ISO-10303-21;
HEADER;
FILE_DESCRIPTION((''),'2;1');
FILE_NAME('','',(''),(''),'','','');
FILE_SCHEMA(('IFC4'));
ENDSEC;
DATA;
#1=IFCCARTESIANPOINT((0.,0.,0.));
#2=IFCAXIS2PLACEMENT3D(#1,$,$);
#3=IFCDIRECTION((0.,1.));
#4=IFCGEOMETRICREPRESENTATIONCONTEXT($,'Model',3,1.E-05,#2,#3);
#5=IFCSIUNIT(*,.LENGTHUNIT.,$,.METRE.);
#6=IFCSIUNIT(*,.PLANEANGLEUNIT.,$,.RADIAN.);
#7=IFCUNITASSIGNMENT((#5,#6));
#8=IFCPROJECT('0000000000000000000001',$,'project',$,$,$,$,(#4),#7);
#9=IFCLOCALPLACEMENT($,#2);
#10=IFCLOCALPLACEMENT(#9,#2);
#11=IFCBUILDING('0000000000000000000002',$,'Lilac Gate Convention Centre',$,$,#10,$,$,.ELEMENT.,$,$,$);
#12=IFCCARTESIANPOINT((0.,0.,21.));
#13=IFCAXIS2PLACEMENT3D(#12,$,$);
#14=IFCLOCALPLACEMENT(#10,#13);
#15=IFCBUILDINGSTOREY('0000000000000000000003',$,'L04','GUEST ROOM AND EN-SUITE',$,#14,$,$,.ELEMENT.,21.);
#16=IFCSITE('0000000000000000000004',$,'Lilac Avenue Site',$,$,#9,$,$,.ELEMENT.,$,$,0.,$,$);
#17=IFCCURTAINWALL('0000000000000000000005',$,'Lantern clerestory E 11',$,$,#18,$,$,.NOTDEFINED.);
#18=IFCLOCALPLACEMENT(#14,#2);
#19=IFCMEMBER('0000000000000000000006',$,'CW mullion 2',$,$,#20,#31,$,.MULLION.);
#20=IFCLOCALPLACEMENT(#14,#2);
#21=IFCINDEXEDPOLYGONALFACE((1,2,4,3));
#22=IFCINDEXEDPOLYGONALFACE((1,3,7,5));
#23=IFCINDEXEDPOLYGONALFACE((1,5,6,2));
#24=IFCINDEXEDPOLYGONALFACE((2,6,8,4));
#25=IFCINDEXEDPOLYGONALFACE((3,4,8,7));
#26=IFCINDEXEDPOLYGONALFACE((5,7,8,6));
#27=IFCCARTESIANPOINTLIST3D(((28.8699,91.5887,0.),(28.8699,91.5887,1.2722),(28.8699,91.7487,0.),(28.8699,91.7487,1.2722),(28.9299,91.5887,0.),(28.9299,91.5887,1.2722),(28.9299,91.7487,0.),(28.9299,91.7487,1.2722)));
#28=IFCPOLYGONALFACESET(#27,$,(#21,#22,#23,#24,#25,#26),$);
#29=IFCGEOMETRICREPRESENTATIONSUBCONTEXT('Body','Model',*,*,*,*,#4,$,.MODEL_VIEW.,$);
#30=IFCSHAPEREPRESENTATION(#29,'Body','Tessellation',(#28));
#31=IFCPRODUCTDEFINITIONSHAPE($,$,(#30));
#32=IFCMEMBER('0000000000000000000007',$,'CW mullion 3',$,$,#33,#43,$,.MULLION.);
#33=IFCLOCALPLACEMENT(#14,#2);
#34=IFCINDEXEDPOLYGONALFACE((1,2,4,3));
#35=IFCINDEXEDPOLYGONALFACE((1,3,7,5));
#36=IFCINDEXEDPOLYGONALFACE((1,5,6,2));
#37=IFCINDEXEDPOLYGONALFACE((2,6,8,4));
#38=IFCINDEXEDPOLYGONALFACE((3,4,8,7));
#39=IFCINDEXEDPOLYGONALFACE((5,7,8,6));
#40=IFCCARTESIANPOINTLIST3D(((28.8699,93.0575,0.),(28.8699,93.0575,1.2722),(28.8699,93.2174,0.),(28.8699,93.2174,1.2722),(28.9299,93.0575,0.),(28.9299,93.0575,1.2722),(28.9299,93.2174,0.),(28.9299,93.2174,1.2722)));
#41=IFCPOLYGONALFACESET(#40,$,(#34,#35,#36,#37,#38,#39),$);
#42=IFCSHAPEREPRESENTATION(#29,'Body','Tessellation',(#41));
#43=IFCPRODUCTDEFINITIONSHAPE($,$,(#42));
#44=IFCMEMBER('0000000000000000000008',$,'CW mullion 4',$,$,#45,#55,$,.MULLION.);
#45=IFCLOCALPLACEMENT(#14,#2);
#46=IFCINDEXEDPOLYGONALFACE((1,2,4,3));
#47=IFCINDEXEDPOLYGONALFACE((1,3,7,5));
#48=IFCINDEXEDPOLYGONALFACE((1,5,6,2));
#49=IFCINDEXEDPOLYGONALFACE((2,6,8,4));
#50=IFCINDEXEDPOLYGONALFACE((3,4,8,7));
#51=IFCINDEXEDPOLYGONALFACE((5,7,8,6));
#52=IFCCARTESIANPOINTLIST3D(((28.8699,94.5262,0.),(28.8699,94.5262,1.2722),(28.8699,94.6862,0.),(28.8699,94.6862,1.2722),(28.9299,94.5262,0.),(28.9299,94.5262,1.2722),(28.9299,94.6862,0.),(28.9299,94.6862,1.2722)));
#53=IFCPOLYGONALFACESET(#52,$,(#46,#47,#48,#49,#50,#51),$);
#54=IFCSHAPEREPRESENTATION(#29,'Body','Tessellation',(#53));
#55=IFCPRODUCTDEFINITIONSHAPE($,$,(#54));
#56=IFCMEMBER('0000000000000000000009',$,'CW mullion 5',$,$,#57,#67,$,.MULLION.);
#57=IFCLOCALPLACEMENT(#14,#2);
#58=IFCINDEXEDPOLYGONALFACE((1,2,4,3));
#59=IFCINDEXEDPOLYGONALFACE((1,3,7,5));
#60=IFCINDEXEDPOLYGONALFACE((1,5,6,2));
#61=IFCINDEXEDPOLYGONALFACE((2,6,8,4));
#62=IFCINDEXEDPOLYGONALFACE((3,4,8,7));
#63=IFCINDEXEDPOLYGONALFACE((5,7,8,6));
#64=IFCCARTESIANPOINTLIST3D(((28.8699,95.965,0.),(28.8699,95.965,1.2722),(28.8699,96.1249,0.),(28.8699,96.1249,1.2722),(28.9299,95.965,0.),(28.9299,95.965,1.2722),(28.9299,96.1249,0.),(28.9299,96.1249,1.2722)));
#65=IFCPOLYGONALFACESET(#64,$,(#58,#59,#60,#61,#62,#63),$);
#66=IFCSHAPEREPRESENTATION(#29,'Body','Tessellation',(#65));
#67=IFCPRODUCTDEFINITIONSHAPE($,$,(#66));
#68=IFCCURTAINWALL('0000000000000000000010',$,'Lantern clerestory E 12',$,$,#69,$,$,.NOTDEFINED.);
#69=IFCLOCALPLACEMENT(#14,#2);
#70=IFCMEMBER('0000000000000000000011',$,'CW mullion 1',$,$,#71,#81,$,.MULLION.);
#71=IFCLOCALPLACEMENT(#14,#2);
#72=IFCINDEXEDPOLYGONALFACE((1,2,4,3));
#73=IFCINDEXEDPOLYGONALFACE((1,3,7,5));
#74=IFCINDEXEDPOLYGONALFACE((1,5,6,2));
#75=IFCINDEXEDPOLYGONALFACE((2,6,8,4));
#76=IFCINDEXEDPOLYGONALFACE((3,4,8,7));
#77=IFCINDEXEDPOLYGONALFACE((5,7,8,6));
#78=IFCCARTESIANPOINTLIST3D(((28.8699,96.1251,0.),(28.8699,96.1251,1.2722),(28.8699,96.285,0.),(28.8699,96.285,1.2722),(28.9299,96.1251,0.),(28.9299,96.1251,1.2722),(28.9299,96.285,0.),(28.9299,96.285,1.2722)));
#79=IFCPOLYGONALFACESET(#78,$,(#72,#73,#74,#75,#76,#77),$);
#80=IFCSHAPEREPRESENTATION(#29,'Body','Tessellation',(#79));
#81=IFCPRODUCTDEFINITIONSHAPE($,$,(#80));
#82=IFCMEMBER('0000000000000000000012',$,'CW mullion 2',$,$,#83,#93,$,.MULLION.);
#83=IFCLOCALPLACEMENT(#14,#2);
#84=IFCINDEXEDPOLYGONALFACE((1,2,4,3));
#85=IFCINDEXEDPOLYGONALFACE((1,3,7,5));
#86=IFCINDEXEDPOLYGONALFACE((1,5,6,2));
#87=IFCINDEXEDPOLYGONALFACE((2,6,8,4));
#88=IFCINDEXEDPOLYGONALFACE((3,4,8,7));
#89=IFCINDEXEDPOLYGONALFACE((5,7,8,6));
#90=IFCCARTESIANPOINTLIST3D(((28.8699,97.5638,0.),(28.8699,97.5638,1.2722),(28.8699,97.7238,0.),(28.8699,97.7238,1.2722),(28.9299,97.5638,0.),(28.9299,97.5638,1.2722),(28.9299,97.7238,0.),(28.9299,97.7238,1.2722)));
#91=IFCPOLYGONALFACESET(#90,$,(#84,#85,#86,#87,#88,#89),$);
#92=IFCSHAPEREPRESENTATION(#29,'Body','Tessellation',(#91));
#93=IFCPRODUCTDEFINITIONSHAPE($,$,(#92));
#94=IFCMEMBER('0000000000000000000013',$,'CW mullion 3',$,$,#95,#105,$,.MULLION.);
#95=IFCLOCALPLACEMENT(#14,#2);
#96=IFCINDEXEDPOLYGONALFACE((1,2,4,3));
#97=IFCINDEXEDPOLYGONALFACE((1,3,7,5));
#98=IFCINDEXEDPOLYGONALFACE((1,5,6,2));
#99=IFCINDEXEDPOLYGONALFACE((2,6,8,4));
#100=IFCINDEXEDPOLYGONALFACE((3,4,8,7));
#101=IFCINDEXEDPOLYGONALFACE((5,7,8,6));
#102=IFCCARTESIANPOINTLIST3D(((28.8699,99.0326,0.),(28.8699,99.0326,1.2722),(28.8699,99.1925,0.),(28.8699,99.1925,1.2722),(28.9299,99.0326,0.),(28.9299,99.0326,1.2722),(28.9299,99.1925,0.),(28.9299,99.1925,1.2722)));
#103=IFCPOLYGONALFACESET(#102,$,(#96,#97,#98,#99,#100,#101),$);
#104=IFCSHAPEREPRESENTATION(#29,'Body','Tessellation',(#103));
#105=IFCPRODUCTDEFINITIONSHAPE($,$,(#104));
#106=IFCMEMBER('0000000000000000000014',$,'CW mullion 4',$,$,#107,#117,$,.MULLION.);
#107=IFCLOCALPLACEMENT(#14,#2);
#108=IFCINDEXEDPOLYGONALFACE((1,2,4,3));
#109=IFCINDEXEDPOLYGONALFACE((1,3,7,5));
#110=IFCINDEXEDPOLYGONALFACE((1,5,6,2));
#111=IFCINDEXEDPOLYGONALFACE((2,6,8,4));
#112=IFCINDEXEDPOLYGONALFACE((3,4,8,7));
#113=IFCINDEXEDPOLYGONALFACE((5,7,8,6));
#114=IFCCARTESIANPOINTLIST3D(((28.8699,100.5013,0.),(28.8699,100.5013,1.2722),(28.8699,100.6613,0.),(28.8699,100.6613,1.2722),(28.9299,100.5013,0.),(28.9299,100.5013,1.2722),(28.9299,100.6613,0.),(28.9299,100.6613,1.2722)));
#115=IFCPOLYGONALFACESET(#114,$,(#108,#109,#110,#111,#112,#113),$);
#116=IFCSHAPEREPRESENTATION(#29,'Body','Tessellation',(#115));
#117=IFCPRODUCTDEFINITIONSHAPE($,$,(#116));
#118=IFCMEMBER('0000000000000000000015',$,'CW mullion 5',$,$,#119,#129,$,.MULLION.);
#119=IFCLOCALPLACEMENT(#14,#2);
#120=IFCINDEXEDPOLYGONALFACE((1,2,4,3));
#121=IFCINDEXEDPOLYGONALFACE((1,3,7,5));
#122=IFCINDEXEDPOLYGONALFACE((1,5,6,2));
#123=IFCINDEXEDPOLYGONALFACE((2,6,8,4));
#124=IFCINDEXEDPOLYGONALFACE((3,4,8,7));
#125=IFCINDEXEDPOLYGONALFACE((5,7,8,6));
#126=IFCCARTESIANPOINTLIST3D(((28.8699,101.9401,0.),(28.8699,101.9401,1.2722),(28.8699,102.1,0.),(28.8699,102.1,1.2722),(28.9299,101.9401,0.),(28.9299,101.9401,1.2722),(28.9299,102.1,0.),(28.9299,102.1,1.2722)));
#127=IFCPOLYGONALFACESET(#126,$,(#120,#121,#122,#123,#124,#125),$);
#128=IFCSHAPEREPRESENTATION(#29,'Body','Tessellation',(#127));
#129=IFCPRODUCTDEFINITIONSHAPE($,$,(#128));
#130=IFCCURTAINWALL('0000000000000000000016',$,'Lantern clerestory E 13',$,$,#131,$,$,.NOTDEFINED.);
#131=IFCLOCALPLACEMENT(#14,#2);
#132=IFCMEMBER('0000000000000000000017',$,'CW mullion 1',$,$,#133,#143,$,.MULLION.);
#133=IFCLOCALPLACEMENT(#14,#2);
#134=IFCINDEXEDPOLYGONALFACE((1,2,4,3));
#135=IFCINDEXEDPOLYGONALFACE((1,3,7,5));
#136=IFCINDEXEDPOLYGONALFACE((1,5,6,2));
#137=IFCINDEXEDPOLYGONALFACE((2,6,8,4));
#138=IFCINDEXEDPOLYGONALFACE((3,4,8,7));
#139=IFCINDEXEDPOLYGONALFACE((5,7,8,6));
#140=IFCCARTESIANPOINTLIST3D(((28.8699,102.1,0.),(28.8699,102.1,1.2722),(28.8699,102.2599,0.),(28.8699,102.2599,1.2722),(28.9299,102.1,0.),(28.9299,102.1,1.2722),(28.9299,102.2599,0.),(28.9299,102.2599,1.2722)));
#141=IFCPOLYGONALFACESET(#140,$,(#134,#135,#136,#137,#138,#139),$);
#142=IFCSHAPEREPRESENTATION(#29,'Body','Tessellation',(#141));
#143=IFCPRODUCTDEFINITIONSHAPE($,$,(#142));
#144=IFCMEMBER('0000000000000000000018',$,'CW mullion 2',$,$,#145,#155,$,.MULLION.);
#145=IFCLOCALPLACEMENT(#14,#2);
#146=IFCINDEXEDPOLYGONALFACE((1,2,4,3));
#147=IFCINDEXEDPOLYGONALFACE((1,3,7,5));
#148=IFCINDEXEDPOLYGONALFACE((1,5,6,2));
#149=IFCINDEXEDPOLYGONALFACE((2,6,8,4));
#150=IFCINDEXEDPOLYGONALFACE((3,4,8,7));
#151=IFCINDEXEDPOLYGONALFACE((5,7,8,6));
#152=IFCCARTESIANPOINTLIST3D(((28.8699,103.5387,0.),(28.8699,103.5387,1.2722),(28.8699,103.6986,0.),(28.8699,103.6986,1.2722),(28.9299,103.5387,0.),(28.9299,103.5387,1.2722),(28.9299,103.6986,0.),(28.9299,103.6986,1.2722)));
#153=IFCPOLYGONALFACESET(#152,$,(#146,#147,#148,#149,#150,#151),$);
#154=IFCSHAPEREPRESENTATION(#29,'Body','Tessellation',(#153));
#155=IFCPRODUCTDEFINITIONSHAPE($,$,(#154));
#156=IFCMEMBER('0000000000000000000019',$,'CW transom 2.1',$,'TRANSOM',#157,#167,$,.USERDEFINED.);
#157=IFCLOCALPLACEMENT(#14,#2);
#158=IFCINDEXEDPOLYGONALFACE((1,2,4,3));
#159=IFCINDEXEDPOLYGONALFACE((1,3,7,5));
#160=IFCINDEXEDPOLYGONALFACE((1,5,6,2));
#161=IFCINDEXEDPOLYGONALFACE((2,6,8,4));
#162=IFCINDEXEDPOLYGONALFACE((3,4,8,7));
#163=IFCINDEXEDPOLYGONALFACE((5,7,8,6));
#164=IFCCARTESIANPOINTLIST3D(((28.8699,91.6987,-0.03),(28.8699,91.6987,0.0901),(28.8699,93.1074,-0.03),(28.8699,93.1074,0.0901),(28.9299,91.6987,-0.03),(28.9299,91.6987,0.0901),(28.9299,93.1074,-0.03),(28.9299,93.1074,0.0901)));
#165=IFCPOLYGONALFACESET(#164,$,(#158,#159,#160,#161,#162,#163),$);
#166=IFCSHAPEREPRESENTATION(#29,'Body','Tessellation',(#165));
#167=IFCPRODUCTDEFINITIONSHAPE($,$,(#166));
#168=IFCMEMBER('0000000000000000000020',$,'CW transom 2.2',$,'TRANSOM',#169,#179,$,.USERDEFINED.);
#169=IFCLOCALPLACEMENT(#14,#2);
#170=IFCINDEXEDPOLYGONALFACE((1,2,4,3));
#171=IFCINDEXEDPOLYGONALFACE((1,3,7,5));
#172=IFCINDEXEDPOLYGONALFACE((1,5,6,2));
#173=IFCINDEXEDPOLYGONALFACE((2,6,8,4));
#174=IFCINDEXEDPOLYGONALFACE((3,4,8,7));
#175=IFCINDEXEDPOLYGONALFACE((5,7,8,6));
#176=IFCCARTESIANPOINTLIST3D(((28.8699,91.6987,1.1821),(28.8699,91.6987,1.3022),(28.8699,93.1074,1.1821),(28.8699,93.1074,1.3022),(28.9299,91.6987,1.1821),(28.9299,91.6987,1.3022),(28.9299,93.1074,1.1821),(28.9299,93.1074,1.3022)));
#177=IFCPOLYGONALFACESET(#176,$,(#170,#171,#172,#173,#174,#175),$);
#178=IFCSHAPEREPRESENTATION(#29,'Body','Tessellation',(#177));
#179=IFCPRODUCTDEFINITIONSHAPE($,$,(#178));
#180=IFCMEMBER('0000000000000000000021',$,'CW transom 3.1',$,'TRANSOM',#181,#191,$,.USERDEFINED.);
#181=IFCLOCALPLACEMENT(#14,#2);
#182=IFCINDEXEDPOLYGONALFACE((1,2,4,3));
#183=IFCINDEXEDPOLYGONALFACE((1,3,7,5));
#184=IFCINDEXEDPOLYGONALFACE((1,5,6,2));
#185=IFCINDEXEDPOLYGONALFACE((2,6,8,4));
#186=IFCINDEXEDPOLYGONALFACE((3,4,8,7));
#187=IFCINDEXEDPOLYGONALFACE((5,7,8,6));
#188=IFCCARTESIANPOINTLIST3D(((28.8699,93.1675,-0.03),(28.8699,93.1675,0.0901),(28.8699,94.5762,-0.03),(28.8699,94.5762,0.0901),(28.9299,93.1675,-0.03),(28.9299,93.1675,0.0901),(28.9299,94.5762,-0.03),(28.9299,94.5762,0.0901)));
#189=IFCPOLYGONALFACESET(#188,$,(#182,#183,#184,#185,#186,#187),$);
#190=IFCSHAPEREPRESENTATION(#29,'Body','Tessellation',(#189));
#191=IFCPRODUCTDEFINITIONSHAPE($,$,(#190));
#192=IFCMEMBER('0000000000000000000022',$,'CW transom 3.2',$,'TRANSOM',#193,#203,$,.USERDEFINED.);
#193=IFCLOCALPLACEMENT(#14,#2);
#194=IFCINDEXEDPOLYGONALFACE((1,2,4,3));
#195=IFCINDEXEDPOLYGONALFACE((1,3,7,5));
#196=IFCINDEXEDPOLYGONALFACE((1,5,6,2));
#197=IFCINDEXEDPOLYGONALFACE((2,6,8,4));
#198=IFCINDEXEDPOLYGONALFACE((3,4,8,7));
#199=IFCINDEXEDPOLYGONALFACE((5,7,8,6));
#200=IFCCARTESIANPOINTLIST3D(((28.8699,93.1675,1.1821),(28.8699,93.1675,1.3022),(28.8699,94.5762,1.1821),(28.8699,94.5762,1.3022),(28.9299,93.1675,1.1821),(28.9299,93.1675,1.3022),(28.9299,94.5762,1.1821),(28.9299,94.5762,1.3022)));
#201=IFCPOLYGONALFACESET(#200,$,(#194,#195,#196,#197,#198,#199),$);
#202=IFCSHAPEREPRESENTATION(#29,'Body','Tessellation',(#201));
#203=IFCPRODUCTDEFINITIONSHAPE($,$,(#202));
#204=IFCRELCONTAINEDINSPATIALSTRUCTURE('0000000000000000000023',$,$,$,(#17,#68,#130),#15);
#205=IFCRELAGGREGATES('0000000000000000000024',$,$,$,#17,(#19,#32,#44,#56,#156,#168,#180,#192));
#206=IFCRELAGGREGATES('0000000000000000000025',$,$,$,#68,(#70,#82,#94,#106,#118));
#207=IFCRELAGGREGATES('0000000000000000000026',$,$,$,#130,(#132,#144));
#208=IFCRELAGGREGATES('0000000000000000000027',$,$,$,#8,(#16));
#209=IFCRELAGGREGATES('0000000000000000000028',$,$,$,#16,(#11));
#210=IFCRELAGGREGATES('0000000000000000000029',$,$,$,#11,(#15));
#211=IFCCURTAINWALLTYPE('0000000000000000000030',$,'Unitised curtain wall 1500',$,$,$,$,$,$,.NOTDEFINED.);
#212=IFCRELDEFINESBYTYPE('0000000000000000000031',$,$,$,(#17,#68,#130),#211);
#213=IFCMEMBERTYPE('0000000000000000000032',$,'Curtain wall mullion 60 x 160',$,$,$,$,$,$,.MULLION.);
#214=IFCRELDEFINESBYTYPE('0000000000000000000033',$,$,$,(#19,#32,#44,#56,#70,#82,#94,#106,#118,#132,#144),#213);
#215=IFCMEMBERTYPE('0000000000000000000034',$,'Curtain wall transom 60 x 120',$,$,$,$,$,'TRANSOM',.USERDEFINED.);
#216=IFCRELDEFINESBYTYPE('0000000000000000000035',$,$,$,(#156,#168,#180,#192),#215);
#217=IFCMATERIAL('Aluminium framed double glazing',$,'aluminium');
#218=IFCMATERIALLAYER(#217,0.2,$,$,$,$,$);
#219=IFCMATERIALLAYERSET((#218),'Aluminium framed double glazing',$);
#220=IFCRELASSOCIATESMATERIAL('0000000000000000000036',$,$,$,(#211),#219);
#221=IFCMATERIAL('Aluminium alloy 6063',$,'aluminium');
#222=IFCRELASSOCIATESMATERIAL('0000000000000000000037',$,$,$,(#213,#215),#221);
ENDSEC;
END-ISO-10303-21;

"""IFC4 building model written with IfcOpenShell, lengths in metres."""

from ifc_helpers import new_model, si_unit, direction, frame, origin, origin_2d, place, context, subcontext, project, spatial, rectangle, extrude, material, layer, layer_set, material_profile, profile_set, type_object, element, aggregate, save


model = new_model("IFC4")

# Units and contexts
model_context = context("Model", 3, precision=1e-05, world=origin(), true_north=direction((0.0, 1.0)))
body_context = subcontext(model_context, "Body", "Model", "MODEL_VIEW")
ifc_project = project(units=[si_unit("LENGTHUNIT", "METRE"), si_unit("PLANEANGLEUNIT", "RADIAN")], contexts=[model_context])

# Site, building, storey
site_placement = place(None, origin())
site = spatial("IfcSite", under=ifc_project, at=site_placement, Name="Lilac Avenue Site", CompositionType="ELEMENT", RefElevation=0.0)
building_placement = place(site_placement, origin())
building = spatial("IfcBuilding", under=site, at=building_placement, Name="Lilac Gate Convention Centre", CompositionType="ELEMENT")
storey_placement = place(building_placement, frame((0.0, 0.0, 21.0)))
storey = spatial("IfcBuildingStorey", under=building, at=storey_placement, Name="L04", Description="GUEST ROOM AND EN-SUITE", CompositionType="ELEMENT", Elevation=21.0)

# Curtain walls, members
ifc_material_1 = material(Name="Aluminium framed double glazing", Category="aluminium")
ifc_layer_1 = layer(ifc_material_1, 0.2)
ifc_layer_set_1 = layer_set([ifc_layer_1], Name="Aluminium framed double glazing")
curtain_wall_type = type_object("IfcCurtainWallType", Name="Unitised curtain wall 1500", PredefinedType="NOTDEFINED", material=ifc_layer_set_1)
curtain_wall_1_placement = place(storey_placement, origin())
curtain_wall_1 = element("IfcCurtainWall", 1, at=curtain_wall_1_placement, inside=storey, type_object=curtain_wall_type, Name="Lantern clerestory E 11", PredefinedType="NOTDEFINED")
ifc_material_2 = material(Name="Aluminium alloy 6063", Category="aluminium")
ifc_material_profile_1 = material_profile(ifc_material_2, rectangle(XDim=0.0601, YDim=0.1599, at=origin_2d()), Name="Curtain wall mullion 60 x 160")
ifc_profile_set_1 = profile_set([ifc_material_profile_1], Name="Aluminium alloy 6063")
member_type_1 = type_object("IfcMemberType", Name="Curtain wall mullion 60 x 160", PredefinedType="MULLION", material=ifc_profile_set_1)
member_1_placement = place(storey_placement, frame((28.8999, 91.6687, 0.0), z_axis=(0.0, 0.0, 1.0), x_axis=(-1.0, 0.0, 0.0)))
member_1 = element("IfcMember", 2, at=member_1_placement, type_object=member_type_1, Name="CW mullion 2", PredefinedType="MULLION", context=body_context, shape_type="SweptSolid", body=[
    extrude(rectangle(XDim=0.0601, YDim=0.1599, at=origin_2d()), origin(), (0.0, 0.0, 1.0), 1.2722),
])
member_2_placement = place(storey_placement, frame((28.8999, 93.1375, 0.0), z_axis=(0.0, 0.0, 1.0), x_axis=(-1.0, 0.0, 0.0)))
member_2 = element("IfcMember", 3, at=member_2_placement, type_object=member_type_1, Name="CW mullion 3", PredefinedType="MULLION", context=body_context, shape_type="SweptSolid", body=[
    extrude(rectangle(XDim=0.0601, YDim=0.1599, at=origin_2d()), origin(), (0.0, 0.0, 1.0), 1.2722),
])
member_3_placement = place(storey_placement, frame((28.8999, 94.6062, 0.0), z_axis=(0.0, 0.0, 1.0), x_axis=(-1.0, 0.0, 0.0)))
member_3 = element("IfcMember", 4, at=member_3_placement, type_object=member_type_1, Name="CW mullion 4", PredefinedType="MULLION", context=body_context, shape_type="SweptSolid", body=[
    extrude(rectangle(XDim=0.0601, YDim=0.1599, at=origin_2d()), origin(), (0.0, 0.0, 1.0), 1.2722),
])
member_4_placement = place(storey_placement, frame((28.8999, 96.0449, 0.0), z_axis=(0.0, 0.0, 1.0), x_axis=(-1.0, 0.0, 0.0)))
member_4 = element("IfcMember", 5, at=member_4_placement, type_object=member_type_1, Name="CW mullion 5", PredefinedType="MULLION", context=body_context, shape_type="SweptSolid", body=[
    extrude(rectangle(XDim=0.0601, YDim=0.1599, at=origin_2d()), origin(), (0.0, 0.0, 1.0), 1.2722),
])
curtain_wall_2_placement = place(storey_placement, origin())
curtain_wall_2 = element("IfcCurtainWall", 6, at=curtain_wall_2_placement, inside=storey, type_object=curtain_wall_type, Name="Lantern clerestory E 12", PredefinedType="NOTDEFINED")
member_5_placement = place(storey_placement, frame((28.8999, 96.2051, 0.0), z_axis=(0.0, 0.0, 1.0), x_axis=(-1.0, 0.0, 0.0)))
member_5 = element("IfcMember", 7, at=member_5_placement, type_object=member_type_1, Name="CW mullion 1", PredefinedType="MULLION", context=body_context, shape_type="SweptSolid", body=[
    extrude(rectangle(XDim=0.0601, YDim=0.1599, at=origin_2d()), origin(), (0.0, 0.0, 1.0), 1.2722),
])
member_6_placement = place(storey_placement, frame((28.8999, 97.6438, 0.0), z_axis=(0.0, 0.0, 1.0), x_axis=(-1.0, 0.0, 0.0)))
member_6 = element("IfcMember", 8, at=member_6_placement, type_object=member_type_1, Name="CW mullion 2", PredefinedType="MULLION", context=body_context, shape_type="SweptSolid", body=[
    extrude(rectangle(XDim=0.0601, YDim=0.1599, at=origin_2d()), origin(), (0.0, 0.0, 1.0), 1.2722),
])
member_7_placement = place(storey_placement, frame((28.8999, 99.1125, 0.0), z_axis=(0.0, 0.0, 1.0), x_axis=(-1.0, 0.0, 0.0)))
member_7 = element("IfcMember", 9, at=member_7_placement, type_object=member_type_1, Name="CW mullion 3", PredefinedType="MULLION", context=body_context, shape_type="SweptSolid", body=[
    extrude(rectangle(XDim=0.0601, YDim=0.1599, at=origin_2d()), origin(), (0.0, 0.0, 1.0), 1.2722),
])
member_8_placement = place(storey_placement, frame((28.8999, 100.5813, 0.0), z_axis=(0.0, 0.0, 1.0), x_axis=(-1.0, 0.0, 0.0)))
member_8 = element("IfcMember", 10, at=member_8_placement, type_object=member_type_1, Name="CW mullion 4", PredefinedType="MULLION", context=body_context, shape_type="SweptSolid", body=[
    extrude(rectangle(XDim=0.0601, YDim=0.1599, at=origin_2d()), origin(), (0.0, 0.0, 1.0), 1.2722),
])
member_9_placement = place(storey_placement, frame((28.8999, 102.02, 0.0), z_axis=(0.0, 0.0, 1.0), x_axis=(-1.0, 0.0, 0.0)))
member_9 = element("IfcMember", 11, at=member_9_placement, type_object=member_type_1, Name="CW mullion 5", PredefinedType="MULLION", context=body_context, shape_type="SweptSolid", body=[
    extrude(rectangle(XDim=0.0601, YDim=0.1599, at=origin_2d()), origin(), (0.0, 0.0, 1.0), 1.2722),
])
curtain_wall_3_placement = place(storey_placement, origin())
curtain_wall_3 = element("IfcCurtainWall", 12, at=curtain_wall_3_placement, inside=storey, type_object=curtain_wall_type, Name="Lantern clerestory E 13", PredefinedType="NOTDEFINED")
member_10_placement = place(storey_placement, frame((28.8999, 102.1799, 0.0), z_axis=(0.0, 0.0, 1.0), x_axis=(-1.0, 0.0, 0.0)))
member_10 = element("IfcMember", 13, at=member_10_placement, type_object=member_type_1, Name="CW mullion 1", PredefinedType="MULLION", context=body_context, shape_type="SweptSolid", body=[
    extrude(rectangle(XDim=0.0601, YDim=0.1599, at=origin_2d()), origin(), (0.0, 0.0, 1.0), 1.2722),
])
member_11_placement = place(storey_placement, frame((28.8999, 103.6187, 0.0), z_axis=(0.0, 0.0, 1.0), x_axis=(-1.0, 0.0, 0.0)))
member_11 = element("IfcMember", 14, at=member_11_placement, type_object=member_type_1, Name="CW mullion 2", PredefinedType="MULLION", context=body_context, shape_type="SweptSolid", body=[
    extrude(rectangle(XDim=0.0601, YDim=0.1599, at=origin_2d()), origin(), (0.0, 0.0, 1.0), 1.2722),
])

# Members
ifc_material_profile_2 = material_profile(ifc_material_2, rectangle(XDim=0.0601, YDim=0.1201, at=origin_2d()), Name="Curtain wall transom 60 x 120")
ifc_profile_set_2 = profile_set([ifc_material_profile_2], Name="Aluminium alloy 6063")
member_type_2 = type_object("IfcMemberType", Name="Curtain wall transom 60 x 120", ElementType="TRANSOM", PredefinedType="USERDEFINED", material=ifc_profile_set_2)
member_12_placement = place(storey_placement, frame((28.8999, 91.6987, 0.03), z_axis=(0.0, 1.0, 0.0), x_axis=(-1.0, 0.0, 0.0)))
member_12 = element("IfcMember", 15, at=member_12_placement, type_object=member_type_2, Name="CW transom 2.1", ObjectType="TRANSOM", PredefinedType="USERDEFINED", context=body_context, shape_type="SweptSolid", body=[
    extrude(rectangle(XDim=0.0601, YDim=0.1201, at=origin_2d()), origin(), (0.0, 0.0, 1.0), 1.4087),
])
member_13_placement = place(storey_placement, frame((28.8999, 91.6987, 1.2422), z_axis=(0.0, 1.0, 0.0), x_axis=(-1.0, 0.0, 0.0)))
member_13 = element("IfcMember", 16, at=member_13_placement, type_object=member_type_2, Name="CW transom 2.2", ObjectType="TRANSOM", PredefinedType="USERDEFINED", context=body_context, shape_type="SweptSolid", body=[
    extrude(rectangle(XDim=0.0601, YDim=0.1201, at=origin_2d()), origin(), (0.0, 0.0, 1.0), 1.4087),
])
member_14_placement = place(storey_placement, frame((28.8999, 93.1675, 0.03), z_axis=(0.0, 1.0, 0.0), x_axis=(-1.0, 0.0, 0.0)))
member_14 = element("IfcMember", 17, at=member_14_placement, type_object=member_type_2, Name="CW transom 3.1", ObjectType="TRANSOM", PredefinedType="USERDEFINED", context=body_context, shape_type="SweptSolid", body=[
    extrude(rectangle(XDim=0.0601, YDim=0.1201, at=origin_2d()), origin(), (0.0, 0.0, 1.0), 1.4087),
])
member_15_placement = place(storey_placement, frame((28.8999, 93.1675, 1.2422), z_axis=(0.0, 1.0, 0.0), x_axis=(-1.0, 0.0, 0.0)))
member_15 = element("IfcMember", 18, at=member_15_placement, type_object=member_type_2, Name="CW transom 3.2", ObjectType="TRANSOM", PredefinedType="USERDEFINED", context=body_context, shape_type="SweptSolid", body=[
    extrude(rectangle(XDim=0.0601, YDim=0.1201, at=origin_2d()), origin(), (0.0, 0.0, 1.0), 1.4087),
])

aggregate(curtain_wall_1, [member_1, member_2, member_3, member_4, member_12, member_13, member_14, member_15])
aggregate(curtain_wall_2, [member_5, member_6, member_7, member_8, member_9])
aggregate(curtain_wall_3, [member_10, member_11])

save(model, "model.ifc")
